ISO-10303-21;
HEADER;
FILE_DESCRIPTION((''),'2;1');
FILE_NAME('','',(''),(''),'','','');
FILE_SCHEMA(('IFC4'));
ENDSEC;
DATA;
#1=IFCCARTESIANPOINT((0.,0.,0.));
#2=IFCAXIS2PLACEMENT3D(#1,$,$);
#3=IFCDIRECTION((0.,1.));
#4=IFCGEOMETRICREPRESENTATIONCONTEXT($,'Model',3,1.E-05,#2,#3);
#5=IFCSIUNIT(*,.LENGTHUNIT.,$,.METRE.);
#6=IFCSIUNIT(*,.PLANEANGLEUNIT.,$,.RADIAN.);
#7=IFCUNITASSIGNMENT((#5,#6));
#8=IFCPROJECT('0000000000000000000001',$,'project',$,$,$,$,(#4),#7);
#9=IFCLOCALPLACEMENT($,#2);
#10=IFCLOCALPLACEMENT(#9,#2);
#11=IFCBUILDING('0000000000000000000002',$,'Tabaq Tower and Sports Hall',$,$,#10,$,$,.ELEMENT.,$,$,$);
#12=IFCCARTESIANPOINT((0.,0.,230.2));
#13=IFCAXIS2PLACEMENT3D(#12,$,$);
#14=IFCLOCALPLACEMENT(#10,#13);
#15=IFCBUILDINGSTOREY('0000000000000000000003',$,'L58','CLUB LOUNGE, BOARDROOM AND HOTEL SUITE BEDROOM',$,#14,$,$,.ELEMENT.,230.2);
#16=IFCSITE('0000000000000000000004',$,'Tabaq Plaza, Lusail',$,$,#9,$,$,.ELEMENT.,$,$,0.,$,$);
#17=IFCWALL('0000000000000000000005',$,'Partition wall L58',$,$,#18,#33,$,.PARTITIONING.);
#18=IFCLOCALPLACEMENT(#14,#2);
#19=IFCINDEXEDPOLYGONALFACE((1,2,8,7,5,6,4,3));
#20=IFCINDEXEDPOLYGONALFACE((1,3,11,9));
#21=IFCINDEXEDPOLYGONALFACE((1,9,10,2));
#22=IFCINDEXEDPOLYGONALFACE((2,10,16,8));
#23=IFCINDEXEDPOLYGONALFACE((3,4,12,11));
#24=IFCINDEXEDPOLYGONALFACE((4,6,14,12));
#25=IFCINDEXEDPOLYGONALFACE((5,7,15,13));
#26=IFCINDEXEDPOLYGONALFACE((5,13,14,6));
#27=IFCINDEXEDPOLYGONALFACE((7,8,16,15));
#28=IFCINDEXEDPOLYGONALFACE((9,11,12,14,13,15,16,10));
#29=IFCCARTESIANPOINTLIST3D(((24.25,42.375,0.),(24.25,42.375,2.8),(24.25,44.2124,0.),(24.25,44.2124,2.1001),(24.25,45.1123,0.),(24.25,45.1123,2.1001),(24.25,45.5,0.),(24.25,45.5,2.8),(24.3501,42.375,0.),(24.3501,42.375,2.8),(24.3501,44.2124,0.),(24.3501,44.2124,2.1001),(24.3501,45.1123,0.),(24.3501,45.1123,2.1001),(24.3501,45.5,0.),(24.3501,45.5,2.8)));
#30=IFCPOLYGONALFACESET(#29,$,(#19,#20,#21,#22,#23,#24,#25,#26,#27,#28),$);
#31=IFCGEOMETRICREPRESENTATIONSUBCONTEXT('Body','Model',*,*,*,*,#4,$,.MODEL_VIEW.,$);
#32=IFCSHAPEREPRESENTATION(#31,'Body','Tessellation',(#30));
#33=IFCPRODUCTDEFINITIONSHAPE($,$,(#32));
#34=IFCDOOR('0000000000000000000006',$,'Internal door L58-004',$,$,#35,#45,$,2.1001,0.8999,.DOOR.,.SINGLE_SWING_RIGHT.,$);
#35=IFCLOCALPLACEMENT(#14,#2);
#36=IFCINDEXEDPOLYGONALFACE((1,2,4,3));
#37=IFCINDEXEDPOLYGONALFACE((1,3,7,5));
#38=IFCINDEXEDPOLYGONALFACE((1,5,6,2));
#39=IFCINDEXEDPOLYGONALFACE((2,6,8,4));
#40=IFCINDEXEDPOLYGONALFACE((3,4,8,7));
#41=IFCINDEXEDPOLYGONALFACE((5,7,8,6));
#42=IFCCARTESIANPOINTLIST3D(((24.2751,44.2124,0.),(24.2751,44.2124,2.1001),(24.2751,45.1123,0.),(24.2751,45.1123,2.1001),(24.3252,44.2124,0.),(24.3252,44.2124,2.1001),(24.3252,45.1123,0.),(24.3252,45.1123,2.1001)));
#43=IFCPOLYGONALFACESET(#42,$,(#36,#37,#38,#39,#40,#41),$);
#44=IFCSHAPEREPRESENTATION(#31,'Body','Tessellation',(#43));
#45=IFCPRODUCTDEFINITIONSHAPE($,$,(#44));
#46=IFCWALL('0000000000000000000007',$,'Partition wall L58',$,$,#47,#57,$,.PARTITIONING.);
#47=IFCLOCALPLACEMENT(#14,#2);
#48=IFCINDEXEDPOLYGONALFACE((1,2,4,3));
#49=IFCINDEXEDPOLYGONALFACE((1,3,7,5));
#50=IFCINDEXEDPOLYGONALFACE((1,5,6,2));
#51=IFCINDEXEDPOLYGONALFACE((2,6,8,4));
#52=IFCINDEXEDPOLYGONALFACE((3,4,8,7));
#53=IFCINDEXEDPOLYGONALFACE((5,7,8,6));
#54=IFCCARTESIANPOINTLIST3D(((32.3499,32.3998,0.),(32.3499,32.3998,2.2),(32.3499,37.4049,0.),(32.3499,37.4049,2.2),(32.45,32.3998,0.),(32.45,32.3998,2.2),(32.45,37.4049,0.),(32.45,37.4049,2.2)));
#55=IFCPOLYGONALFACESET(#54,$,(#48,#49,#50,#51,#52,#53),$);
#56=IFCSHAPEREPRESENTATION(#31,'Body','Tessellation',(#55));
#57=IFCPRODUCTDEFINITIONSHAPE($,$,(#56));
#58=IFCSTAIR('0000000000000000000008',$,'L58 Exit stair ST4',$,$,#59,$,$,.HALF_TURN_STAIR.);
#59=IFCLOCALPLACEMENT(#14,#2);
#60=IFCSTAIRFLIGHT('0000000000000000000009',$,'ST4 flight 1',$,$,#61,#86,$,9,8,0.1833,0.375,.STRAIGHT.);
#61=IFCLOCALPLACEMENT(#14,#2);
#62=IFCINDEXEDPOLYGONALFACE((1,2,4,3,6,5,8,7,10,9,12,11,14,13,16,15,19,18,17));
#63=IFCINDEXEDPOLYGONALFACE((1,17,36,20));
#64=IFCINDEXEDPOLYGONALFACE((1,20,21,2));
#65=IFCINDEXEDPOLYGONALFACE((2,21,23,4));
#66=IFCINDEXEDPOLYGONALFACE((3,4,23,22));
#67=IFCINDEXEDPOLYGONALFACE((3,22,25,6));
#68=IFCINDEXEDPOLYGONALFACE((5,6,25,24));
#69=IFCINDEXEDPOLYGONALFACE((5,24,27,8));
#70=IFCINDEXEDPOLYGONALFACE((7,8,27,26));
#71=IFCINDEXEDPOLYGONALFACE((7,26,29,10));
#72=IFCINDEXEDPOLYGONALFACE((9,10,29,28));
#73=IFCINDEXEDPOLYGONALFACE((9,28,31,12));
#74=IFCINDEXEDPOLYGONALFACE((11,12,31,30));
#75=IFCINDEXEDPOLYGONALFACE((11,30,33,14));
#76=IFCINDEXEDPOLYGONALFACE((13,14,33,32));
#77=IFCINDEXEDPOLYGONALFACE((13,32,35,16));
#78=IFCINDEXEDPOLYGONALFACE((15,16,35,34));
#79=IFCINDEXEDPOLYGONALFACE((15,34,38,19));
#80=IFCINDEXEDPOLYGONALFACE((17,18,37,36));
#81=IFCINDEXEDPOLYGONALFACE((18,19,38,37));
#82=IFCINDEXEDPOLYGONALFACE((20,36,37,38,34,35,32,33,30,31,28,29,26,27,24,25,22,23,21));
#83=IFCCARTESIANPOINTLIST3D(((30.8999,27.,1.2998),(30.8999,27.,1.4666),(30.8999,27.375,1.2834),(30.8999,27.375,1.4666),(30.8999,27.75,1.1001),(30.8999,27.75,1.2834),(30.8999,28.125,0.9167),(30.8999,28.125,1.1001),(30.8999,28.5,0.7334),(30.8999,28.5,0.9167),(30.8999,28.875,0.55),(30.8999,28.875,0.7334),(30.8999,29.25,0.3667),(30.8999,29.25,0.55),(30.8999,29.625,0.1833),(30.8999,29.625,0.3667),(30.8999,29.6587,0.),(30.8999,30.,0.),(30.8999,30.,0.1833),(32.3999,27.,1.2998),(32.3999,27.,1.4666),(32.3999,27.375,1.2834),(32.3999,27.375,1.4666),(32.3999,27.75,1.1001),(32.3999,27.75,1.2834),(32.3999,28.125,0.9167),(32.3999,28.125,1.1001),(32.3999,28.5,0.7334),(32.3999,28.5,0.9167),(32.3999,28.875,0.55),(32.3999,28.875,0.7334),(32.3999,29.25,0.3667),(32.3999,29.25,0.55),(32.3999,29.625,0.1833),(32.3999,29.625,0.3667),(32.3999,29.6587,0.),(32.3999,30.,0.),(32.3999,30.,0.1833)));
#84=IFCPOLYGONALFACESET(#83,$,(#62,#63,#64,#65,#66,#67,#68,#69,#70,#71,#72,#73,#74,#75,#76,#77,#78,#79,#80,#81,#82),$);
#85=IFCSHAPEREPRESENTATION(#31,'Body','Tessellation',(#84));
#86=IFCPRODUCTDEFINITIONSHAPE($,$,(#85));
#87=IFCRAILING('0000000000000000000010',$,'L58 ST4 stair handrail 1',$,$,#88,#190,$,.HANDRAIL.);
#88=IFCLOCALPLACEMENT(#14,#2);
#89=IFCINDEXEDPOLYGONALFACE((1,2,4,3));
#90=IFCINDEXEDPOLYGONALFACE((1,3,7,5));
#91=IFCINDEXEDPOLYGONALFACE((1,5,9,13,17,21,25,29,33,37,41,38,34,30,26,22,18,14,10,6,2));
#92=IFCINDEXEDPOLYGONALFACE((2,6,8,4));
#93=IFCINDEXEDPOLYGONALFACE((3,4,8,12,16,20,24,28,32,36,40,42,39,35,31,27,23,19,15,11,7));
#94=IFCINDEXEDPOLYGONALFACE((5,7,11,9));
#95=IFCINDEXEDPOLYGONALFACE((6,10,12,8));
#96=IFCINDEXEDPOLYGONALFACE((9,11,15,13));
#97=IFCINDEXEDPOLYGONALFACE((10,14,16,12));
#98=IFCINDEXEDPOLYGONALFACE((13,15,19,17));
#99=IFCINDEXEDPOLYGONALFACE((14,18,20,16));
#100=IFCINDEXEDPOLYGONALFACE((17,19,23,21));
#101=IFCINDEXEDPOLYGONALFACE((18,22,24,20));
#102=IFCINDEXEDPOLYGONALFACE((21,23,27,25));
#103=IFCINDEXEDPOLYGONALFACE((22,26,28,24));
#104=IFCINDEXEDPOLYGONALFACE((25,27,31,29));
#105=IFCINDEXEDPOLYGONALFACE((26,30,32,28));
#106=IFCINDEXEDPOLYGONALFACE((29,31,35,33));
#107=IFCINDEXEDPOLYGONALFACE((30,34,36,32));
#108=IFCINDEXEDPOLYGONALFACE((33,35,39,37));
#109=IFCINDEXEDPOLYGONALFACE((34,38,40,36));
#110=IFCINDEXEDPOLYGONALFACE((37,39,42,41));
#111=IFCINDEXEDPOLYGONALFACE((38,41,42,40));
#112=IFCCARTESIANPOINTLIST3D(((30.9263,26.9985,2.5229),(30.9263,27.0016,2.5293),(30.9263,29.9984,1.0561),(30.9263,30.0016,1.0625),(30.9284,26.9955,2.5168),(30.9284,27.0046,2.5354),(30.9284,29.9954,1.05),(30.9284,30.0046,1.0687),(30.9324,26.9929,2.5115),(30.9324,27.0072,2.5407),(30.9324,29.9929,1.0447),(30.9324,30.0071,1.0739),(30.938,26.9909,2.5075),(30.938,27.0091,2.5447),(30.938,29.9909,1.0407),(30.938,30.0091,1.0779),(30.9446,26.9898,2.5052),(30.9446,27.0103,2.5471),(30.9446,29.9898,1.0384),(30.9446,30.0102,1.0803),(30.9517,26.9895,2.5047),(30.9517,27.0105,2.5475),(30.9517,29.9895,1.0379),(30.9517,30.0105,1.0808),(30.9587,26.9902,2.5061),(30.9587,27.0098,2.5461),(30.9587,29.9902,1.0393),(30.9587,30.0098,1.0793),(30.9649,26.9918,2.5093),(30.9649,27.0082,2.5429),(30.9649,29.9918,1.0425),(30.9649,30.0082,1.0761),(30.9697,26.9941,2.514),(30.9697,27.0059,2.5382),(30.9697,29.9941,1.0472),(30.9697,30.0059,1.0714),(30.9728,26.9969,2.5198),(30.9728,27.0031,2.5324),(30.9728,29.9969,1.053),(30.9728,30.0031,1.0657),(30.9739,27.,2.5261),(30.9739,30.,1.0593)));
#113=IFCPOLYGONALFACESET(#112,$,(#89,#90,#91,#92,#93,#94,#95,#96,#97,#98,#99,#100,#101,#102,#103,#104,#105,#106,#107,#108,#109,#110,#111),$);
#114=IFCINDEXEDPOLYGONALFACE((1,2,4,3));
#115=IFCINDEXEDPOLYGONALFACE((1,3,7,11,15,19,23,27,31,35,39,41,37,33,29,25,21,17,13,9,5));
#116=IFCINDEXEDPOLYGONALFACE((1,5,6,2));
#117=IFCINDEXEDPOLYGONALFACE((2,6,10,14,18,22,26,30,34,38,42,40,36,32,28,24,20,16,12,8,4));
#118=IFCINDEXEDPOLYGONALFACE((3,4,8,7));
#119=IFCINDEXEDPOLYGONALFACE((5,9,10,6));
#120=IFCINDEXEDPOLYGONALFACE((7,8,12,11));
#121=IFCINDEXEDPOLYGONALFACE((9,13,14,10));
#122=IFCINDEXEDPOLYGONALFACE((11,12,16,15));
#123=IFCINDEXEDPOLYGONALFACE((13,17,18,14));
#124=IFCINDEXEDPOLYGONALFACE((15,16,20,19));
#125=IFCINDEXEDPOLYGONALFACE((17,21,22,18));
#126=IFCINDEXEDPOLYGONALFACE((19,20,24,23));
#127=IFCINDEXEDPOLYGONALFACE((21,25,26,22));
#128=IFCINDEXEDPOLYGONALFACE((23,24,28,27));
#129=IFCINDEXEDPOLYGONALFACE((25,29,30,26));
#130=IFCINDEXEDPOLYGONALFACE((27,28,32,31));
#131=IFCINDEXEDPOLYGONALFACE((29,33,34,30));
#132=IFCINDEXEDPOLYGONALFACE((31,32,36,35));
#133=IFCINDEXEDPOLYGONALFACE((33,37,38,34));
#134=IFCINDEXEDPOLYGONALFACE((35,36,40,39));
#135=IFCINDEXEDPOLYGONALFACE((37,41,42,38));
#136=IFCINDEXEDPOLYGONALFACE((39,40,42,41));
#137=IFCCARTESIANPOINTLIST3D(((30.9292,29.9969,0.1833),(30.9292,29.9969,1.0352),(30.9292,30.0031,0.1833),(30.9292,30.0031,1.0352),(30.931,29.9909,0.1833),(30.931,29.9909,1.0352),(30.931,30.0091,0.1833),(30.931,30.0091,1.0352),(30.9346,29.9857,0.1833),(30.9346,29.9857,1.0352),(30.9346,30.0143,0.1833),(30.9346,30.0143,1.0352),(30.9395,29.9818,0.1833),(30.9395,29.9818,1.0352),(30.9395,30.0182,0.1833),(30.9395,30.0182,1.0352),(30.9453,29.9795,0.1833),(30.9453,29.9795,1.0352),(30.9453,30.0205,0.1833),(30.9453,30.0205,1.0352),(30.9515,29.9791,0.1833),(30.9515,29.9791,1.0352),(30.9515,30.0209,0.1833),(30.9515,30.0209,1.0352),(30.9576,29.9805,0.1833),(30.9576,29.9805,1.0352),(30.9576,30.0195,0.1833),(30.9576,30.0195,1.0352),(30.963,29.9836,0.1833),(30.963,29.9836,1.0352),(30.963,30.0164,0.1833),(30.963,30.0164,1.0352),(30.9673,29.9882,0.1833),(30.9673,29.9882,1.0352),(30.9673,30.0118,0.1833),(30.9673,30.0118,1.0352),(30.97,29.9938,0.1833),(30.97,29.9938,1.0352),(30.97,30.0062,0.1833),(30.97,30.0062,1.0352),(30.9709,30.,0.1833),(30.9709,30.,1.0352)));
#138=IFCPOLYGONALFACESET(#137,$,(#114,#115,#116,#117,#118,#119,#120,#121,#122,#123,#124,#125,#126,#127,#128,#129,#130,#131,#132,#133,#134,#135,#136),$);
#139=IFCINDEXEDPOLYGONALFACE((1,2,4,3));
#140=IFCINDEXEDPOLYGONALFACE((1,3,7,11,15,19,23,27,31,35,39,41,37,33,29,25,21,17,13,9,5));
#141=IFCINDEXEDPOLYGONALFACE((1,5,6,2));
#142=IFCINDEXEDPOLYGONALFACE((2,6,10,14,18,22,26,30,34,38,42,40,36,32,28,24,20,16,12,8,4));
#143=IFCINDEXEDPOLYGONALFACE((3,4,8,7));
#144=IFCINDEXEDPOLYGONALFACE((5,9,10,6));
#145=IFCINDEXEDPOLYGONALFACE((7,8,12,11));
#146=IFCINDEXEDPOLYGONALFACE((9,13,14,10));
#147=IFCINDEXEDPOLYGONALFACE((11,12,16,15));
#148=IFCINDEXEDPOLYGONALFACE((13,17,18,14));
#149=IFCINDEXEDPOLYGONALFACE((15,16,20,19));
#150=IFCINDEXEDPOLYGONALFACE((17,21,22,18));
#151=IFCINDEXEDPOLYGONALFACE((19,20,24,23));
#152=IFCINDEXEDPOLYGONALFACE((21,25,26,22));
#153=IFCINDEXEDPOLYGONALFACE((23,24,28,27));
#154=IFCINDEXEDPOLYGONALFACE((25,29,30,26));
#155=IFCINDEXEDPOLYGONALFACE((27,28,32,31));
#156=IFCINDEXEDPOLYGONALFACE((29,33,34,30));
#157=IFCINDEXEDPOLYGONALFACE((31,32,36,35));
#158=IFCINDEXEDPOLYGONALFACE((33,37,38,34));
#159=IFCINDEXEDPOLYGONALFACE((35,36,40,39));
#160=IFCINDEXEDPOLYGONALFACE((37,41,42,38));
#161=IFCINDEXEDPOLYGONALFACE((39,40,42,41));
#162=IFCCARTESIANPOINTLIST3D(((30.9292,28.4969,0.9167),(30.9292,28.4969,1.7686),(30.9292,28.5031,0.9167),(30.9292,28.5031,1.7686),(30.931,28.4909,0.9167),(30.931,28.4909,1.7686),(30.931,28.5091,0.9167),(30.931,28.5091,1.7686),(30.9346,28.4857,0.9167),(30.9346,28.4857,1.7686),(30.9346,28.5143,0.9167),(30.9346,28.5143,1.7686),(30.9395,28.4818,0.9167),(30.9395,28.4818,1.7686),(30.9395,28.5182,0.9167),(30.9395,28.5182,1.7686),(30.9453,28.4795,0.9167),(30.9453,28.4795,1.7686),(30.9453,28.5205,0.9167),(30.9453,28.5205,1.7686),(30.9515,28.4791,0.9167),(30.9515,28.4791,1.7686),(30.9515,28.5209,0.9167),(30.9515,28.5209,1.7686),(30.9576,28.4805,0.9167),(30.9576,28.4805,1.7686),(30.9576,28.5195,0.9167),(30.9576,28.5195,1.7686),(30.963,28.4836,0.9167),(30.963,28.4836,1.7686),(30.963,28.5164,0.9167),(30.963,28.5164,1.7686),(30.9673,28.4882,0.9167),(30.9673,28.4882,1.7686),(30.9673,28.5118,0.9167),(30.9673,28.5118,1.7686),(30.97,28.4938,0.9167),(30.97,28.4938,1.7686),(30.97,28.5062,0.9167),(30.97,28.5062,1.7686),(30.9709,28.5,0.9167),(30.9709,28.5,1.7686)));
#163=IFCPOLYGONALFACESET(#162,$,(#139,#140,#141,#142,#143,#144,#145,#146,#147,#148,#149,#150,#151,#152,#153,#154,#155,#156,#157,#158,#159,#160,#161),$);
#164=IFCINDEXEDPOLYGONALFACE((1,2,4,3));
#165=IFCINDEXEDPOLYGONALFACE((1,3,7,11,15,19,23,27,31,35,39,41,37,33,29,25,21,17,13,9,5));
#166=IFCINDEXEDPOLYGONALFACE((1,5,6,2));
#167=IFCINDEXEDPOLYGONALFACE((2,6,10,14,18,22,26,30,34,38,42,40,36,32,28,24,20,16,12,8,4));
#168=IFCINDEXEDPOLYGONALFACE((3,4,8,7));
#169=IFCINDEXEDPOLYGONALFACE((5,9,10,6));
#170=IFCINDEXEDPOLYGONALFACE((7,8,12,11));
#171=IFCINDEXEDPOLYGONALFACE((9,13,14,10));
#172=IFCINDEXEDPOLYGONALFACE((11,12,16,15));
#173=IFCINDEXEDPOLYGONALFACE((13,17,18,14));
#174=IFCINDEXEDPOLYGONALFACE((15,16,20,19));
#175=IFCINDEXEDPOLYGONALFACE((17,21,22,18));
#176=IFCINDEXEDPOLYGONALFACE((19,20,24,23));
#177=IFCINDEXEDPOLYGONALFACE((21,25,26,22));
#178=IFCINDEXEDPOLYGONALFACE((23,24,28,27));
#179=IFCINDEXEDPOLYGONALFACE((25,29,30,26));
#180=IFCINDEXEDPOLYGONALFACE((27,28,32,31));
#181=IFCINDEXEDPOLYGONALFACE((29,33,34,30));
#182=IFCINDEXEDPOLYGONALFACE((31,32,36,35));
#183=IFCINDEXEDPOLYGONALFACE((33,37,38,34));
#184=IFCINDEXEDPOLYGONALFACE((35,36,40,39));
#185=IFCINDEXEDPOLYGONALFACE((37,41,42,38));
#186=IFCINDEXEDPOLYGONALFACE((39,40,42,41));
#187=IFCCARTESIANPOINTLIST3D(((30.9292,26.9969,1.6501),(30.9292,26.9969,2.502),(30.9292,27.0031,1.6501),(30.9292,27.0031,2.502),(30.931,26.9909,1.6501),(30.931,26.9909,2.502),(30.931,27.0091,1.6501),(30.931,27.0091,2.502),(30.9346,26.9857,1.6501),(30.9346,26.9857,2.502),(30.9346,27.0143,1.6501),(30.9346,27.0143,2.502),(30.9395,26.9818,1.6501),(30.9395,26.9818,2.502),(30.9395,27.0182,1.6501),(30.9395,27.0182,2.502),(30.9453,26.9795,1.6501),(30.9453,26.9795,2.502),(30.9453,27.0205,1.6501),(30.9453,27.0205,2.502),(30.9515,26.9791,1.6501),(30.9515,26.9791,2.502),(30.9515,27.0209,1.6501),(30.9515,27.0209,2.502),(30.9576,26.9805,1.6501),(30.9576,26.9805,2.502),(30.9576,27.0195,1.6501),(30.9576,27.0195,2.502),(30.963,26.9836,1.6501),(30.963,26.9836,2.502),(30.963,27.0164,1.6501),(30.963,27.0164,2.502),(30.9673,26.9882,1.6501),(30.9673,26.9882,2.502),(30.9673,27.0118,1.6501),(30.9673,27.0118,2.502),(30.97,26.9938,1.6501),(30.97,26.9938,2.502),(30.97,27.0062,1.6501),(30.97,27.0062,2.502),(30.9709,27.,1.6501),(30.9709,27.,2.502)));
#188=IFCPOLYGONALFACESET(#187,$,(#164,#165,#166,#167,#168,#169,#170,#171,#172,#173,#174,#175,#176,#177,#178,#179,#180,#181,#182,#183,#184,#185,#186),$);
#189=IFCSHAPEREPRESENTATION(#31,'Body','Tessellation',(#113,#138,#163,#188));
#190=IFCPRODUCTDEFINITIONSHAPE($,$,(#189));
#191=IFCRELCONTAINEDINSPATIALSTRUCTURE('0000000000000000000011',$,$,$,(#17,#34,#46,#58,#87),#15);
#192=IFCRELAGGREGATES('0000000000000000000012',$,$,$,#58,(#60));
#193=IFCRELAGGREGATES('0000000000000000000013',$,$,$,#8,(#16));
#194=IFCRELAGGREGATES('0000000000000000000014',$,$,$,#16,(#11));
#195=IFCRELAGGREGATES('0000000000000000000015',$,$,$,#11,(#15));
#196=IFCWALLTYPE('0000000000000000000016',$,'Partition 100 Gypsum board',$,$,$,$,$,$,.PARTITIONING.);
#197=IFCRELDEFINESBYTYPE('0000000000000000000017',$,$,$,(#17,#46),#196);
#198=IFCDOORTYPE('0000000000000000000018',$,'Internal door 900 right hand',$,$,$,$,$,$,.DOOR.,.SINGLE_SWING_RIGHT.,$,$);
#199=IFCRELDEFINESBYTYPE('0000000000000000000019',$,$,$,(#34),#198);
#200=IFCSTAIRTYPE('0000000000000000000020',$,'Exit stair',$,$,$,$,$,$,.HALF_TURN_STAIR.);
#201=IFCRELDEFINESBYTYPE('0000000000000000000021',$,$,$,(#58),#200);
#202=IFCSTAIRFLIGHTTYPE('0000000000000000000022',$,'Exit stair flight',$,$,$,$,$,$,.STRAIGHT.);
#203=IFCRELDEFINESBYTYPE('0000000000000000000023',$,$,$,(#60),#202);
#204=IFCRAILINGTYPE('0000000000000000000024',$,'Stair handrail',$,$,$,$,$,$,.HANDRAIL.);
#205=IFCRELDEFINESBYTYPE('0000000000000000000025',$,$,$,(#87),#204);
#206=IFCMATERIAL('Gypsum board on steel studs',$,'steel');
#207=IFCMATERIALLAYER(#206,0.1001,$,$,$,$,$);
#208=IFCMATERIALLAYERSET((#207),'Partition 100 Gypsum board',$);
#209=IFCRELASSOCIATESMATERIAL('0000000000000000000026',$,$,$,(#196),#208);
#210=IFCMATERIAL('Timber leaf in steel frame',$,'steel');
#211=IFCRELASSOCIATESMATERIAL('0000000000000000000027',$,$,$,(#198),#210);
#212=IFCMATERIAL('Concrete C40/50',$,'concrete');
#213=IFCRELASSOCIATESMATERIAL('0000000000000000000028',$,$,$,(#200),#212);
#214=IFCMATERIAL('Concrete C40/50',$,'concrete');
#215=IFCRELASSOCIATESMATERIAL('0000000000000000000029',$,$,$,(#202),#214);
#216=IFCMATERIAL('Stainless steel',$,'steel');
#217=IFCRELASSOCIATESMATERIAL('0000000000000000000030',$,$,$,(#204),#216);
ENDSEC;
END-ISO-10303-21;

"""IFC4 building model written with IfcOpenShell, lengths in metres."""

from ifc_helpers import new_model, si_unit, direction, frame, frame_2d, origin, origin_2d, place, context, subcontext, project, spatial, polyline, rectangle, circle, outline, extrude, material, layer, layer_set, type_object, element, fill, aggregate, save


model = new_model("IFC4")

# Units and contexts
model_context = context("Model", 3, precision=1e-05, world=origin(), true_north=direction((0.0, 1.0)))
body_context = subcontext(model_context, "Body", "Model", "MODEL_VIEW")
ifc_project = project(units=[si_unit("LENGTHUNIT", "METRE"), si_unit("PLANEANGLEUNIT", "RADIAN")], contexts=[model_context])

# Site, building, storey
site_placement = place(None, origin())
site = spatial("IfcSite", under=ifc_project, at=site_placement, Name="Tabaq Plaza, Lusail", CompositionType="ELEMENT", RefElevation=0.0)
building_placement = place(site_placement, origin())
building = spatial("IfcBuilding", under=site, at=building_placement, Name="Tabaq Tower and Sports Hall", CompositionType="ELEMENT")
storey_placement = place(building_placement, frame((0.0, 0.0, 230.2)))
storey = spatial("IfcBuildingStorey", under=building, at=storey_placement, Name="L58", Description="CLUB LOUNGE, BOARDROOM AND HOTEL SUITE BEDROOM", CompositionType="ELEMENT", Elevation=230.2)

# Wall, opening, door
ifc_material_1 = material(Name="Gypsum board on steel studs", Category="steel")
ifc_layer_1 = layer(ifc_material_1, 0.1001)
ifc_layer_set_1 = layer_set([ifc_layer_1], Name="Partition 100 Gypsum board")
wall_type_1 = type_object("IfcWallType", Name="Partition 100 Gypsum board", PredefinedType="PARTITIONING", material=ifc_layer_set_1)
wall_1_placement = place(storey_placement, frame((24.3, 42.375, 0.0), z_axis=(0.0, 0.0, 1.0), x_axis=(0.0, 1.0, 0.0)))
wall_1 = element("IfcWall", 1, at=wall_1_placement, inside=storey, type_object=wall_type_1, Name="Partition wall L58", PredefinedType="PARTITIONING", context=body_context, shape_type="SweptSolid", body=[
    extrude(rectangle(XDim=3.125, YDim=0.1001, at=frame_2d((1.5625, 0.0))), origin(), (0.0, 0.0, 1.0), 2.8),
])
opening_1_placement = place(wall_1_placement, frame((1.8374, 0.0, 0.0)))
opening_1 = element("IfcOpeningElement", 2, at=opening_1_placement, cuts=wall_1, PredefinedType="OPENING", context=body_context, shape_type="SweptSolid", body=[
    extrude(rectangle(XDim=0.8999, YDim=2.1001, at=frame_2d((0.45, 1.05))), frame((0.0, 0.05, 0.0), z_axis=(0.0, -1.0, 0.0), x_axis=(1.0, 0.0, 0.0)), (0.0, 0.0, 1.0), 0.1001),
])
ifc_material_2 = material(Name="Timber leaf in steel frame", Category="steel")
door_type_1 = type_object("IfcDoorType", Name="Internal door 900 right hand", OperationType="SINGLE_SWING_RIGHT", PredefinedType="DOOR", material=ifc_material_2)
door_1_placement = place(opening_1_placement, origin())
door_1 = element("IfcDoor", 3, at=door_1_placement, inside=storey, type_object=door_type_1, Name="Internal door L58-004", OperationType="SINGLE_SWING_RIGHT", OverallHeight=2.1001, OverallWidth=0.8999, PredefinedType="DOOR", context=body_context, shape_type="SweptSolid", body=[
    extrude(rectangle(XDim=0.8999, YDim=2.1001, at=frame_2d((0.45, 1.05))), frame((0.0, 0.0249, 0.0), z_axis=(0.0, -1.0, 0.0), x_axis=(1.0, 0.0, 0.0)), (0.0, 0.0, 1.0), 0.05),
])
fill(opening_1, door_1)

# Wall
wall_2_placement = place(storey_placement, frame((32.3999, 32.3999, 0.0), z_axis=(0.0, 0.0, 1.0), x_axis=(0.0, 1.0, 0.0)))
element("IfcWall", 4, at=wall_2_placement, inside=storey, type_object=wall_type_1, Name="Partition wall L58", PredefinedType="PARTITIONING", context=body_context, shape_type="SweptSolid", body=[
    extrude(rectangle(XDim=5.0051, YDim=0.1001, at=frame_2d((2.5024, 0.0))), origin(), (0.0, 0.0, 1.0), 2.2),
])

# Stair, stair flight
ifc_material_3 = material(Name="Concrete C40/50", Category="concrete")
stair_type = type_object("IfcStairType", Name="Exit stair", PredefinedType="HALF_TURN_STAIR", material=ifc_material_3)
stair_placement = place(storey_placement, origin())
stair = element("IfcStair", 5, at=stair_placement, inside=storey, type_object=stair_type, Name="L58 Exit stair ST4", PredefinedType="HALF_TURN_STAIR")
ifc_material_4 = material(Name="Concrete C40/50", Category="concrete")
stair_flight_type = type_object("IfcStairFlightType", Name="Exit stair flight", PredefinedType="STRAIGHT", material=ifc_material_4)
stair_flight_placement = place(storey_placement, frame((31.6499, 30.0, 0.0), z_axis=(0.0, 0.0, 1.0), x_axis=(0.0, -1.0, 0.0)))
stair_flight = element("IfcStairFlight", 6, at=stair_flight_placement, type_object=stair_flight_type, Name="ST4 flight 1", NumberOfRisers=9, NumberOfTreads=8, PredefinedType="STRAIGHT", RiserHeight=0.1833, TreadLength=0.375, context=body_context, shape_type="SweptSolid", body=[
    extrude(outline(polyline([(0.0, 0.0), (0.0, 0.1833), (0.375, 0.1833), (0.375, 0.3667), (0.75, 0.3667), (0.75, 0.55), (1.125, 0.55), (1.125, 0.7334), (1.5, 0.7334), (1.5, 0.9167), (1.875, 0.9167), (1.875, 1.1001), (2.25, 1.1001), (2.25, 1.2834), (2.625, 1.2834), (2.625, 1.4666), (3.0, 1.4666), (3.0, 1.6499), (3.0, 1.2998), (0.3413, 0.0), (0.0, 0.0)])), frame((0.0, 0.75, 0.0), z_axis=(0.0, -1.0, 0.0), x_axis=(1.0, 0.0, 0.0)), (0.0, 0.0, 1.0), 1.5),
])
aggregate(stair, [stair_flight])

# Railing
ifc_material_5 = material(Name="Stainless steel", Category="steel")
railing_type = type_object("IfcRailingType", Name="Stair handrail", PredefinedType="HANDRAIL", material=ifc_material_5)
railing_placement = place(storey_placement, frame((30.95, 30.0, 0.1833)))
element("IfcRailing", 7, at=railing_placement, inside=storey, type_object=railing_type, Name="L58 ST4 stair handrail 1", PredefinedType="HANDRAIL", context=body_context, shape_type="SweptSolid", body=[
    extrude(circle(Radius=0.0239, at=origin_2d()), frame((0.0, 0.0, 0.876), z_axis=(0.0, -0.898369, 0.439242), x_axis=(1.0, 0.0, 0.0)), (0.0, 0.0, 1.0), 3.3394),
    extrude(circle(Radius=0.021, at=origin_2d()), origin(), (0.0, 0.0, 1.0), 0.8518),
    extrude(circle(Radius=0.021, at=origin_2d()), frame((0.0, -1.5, 0.7334)), (0.0, 0.0, 1.0), 0.8518),
    extrude(circle(Radius=0.021, at=origin_2d()), frame((0.0, -3.0, 1.4668)), (0.0, 0.0, 1.0), 0.8518),
])

save(model, "model.ifc")
